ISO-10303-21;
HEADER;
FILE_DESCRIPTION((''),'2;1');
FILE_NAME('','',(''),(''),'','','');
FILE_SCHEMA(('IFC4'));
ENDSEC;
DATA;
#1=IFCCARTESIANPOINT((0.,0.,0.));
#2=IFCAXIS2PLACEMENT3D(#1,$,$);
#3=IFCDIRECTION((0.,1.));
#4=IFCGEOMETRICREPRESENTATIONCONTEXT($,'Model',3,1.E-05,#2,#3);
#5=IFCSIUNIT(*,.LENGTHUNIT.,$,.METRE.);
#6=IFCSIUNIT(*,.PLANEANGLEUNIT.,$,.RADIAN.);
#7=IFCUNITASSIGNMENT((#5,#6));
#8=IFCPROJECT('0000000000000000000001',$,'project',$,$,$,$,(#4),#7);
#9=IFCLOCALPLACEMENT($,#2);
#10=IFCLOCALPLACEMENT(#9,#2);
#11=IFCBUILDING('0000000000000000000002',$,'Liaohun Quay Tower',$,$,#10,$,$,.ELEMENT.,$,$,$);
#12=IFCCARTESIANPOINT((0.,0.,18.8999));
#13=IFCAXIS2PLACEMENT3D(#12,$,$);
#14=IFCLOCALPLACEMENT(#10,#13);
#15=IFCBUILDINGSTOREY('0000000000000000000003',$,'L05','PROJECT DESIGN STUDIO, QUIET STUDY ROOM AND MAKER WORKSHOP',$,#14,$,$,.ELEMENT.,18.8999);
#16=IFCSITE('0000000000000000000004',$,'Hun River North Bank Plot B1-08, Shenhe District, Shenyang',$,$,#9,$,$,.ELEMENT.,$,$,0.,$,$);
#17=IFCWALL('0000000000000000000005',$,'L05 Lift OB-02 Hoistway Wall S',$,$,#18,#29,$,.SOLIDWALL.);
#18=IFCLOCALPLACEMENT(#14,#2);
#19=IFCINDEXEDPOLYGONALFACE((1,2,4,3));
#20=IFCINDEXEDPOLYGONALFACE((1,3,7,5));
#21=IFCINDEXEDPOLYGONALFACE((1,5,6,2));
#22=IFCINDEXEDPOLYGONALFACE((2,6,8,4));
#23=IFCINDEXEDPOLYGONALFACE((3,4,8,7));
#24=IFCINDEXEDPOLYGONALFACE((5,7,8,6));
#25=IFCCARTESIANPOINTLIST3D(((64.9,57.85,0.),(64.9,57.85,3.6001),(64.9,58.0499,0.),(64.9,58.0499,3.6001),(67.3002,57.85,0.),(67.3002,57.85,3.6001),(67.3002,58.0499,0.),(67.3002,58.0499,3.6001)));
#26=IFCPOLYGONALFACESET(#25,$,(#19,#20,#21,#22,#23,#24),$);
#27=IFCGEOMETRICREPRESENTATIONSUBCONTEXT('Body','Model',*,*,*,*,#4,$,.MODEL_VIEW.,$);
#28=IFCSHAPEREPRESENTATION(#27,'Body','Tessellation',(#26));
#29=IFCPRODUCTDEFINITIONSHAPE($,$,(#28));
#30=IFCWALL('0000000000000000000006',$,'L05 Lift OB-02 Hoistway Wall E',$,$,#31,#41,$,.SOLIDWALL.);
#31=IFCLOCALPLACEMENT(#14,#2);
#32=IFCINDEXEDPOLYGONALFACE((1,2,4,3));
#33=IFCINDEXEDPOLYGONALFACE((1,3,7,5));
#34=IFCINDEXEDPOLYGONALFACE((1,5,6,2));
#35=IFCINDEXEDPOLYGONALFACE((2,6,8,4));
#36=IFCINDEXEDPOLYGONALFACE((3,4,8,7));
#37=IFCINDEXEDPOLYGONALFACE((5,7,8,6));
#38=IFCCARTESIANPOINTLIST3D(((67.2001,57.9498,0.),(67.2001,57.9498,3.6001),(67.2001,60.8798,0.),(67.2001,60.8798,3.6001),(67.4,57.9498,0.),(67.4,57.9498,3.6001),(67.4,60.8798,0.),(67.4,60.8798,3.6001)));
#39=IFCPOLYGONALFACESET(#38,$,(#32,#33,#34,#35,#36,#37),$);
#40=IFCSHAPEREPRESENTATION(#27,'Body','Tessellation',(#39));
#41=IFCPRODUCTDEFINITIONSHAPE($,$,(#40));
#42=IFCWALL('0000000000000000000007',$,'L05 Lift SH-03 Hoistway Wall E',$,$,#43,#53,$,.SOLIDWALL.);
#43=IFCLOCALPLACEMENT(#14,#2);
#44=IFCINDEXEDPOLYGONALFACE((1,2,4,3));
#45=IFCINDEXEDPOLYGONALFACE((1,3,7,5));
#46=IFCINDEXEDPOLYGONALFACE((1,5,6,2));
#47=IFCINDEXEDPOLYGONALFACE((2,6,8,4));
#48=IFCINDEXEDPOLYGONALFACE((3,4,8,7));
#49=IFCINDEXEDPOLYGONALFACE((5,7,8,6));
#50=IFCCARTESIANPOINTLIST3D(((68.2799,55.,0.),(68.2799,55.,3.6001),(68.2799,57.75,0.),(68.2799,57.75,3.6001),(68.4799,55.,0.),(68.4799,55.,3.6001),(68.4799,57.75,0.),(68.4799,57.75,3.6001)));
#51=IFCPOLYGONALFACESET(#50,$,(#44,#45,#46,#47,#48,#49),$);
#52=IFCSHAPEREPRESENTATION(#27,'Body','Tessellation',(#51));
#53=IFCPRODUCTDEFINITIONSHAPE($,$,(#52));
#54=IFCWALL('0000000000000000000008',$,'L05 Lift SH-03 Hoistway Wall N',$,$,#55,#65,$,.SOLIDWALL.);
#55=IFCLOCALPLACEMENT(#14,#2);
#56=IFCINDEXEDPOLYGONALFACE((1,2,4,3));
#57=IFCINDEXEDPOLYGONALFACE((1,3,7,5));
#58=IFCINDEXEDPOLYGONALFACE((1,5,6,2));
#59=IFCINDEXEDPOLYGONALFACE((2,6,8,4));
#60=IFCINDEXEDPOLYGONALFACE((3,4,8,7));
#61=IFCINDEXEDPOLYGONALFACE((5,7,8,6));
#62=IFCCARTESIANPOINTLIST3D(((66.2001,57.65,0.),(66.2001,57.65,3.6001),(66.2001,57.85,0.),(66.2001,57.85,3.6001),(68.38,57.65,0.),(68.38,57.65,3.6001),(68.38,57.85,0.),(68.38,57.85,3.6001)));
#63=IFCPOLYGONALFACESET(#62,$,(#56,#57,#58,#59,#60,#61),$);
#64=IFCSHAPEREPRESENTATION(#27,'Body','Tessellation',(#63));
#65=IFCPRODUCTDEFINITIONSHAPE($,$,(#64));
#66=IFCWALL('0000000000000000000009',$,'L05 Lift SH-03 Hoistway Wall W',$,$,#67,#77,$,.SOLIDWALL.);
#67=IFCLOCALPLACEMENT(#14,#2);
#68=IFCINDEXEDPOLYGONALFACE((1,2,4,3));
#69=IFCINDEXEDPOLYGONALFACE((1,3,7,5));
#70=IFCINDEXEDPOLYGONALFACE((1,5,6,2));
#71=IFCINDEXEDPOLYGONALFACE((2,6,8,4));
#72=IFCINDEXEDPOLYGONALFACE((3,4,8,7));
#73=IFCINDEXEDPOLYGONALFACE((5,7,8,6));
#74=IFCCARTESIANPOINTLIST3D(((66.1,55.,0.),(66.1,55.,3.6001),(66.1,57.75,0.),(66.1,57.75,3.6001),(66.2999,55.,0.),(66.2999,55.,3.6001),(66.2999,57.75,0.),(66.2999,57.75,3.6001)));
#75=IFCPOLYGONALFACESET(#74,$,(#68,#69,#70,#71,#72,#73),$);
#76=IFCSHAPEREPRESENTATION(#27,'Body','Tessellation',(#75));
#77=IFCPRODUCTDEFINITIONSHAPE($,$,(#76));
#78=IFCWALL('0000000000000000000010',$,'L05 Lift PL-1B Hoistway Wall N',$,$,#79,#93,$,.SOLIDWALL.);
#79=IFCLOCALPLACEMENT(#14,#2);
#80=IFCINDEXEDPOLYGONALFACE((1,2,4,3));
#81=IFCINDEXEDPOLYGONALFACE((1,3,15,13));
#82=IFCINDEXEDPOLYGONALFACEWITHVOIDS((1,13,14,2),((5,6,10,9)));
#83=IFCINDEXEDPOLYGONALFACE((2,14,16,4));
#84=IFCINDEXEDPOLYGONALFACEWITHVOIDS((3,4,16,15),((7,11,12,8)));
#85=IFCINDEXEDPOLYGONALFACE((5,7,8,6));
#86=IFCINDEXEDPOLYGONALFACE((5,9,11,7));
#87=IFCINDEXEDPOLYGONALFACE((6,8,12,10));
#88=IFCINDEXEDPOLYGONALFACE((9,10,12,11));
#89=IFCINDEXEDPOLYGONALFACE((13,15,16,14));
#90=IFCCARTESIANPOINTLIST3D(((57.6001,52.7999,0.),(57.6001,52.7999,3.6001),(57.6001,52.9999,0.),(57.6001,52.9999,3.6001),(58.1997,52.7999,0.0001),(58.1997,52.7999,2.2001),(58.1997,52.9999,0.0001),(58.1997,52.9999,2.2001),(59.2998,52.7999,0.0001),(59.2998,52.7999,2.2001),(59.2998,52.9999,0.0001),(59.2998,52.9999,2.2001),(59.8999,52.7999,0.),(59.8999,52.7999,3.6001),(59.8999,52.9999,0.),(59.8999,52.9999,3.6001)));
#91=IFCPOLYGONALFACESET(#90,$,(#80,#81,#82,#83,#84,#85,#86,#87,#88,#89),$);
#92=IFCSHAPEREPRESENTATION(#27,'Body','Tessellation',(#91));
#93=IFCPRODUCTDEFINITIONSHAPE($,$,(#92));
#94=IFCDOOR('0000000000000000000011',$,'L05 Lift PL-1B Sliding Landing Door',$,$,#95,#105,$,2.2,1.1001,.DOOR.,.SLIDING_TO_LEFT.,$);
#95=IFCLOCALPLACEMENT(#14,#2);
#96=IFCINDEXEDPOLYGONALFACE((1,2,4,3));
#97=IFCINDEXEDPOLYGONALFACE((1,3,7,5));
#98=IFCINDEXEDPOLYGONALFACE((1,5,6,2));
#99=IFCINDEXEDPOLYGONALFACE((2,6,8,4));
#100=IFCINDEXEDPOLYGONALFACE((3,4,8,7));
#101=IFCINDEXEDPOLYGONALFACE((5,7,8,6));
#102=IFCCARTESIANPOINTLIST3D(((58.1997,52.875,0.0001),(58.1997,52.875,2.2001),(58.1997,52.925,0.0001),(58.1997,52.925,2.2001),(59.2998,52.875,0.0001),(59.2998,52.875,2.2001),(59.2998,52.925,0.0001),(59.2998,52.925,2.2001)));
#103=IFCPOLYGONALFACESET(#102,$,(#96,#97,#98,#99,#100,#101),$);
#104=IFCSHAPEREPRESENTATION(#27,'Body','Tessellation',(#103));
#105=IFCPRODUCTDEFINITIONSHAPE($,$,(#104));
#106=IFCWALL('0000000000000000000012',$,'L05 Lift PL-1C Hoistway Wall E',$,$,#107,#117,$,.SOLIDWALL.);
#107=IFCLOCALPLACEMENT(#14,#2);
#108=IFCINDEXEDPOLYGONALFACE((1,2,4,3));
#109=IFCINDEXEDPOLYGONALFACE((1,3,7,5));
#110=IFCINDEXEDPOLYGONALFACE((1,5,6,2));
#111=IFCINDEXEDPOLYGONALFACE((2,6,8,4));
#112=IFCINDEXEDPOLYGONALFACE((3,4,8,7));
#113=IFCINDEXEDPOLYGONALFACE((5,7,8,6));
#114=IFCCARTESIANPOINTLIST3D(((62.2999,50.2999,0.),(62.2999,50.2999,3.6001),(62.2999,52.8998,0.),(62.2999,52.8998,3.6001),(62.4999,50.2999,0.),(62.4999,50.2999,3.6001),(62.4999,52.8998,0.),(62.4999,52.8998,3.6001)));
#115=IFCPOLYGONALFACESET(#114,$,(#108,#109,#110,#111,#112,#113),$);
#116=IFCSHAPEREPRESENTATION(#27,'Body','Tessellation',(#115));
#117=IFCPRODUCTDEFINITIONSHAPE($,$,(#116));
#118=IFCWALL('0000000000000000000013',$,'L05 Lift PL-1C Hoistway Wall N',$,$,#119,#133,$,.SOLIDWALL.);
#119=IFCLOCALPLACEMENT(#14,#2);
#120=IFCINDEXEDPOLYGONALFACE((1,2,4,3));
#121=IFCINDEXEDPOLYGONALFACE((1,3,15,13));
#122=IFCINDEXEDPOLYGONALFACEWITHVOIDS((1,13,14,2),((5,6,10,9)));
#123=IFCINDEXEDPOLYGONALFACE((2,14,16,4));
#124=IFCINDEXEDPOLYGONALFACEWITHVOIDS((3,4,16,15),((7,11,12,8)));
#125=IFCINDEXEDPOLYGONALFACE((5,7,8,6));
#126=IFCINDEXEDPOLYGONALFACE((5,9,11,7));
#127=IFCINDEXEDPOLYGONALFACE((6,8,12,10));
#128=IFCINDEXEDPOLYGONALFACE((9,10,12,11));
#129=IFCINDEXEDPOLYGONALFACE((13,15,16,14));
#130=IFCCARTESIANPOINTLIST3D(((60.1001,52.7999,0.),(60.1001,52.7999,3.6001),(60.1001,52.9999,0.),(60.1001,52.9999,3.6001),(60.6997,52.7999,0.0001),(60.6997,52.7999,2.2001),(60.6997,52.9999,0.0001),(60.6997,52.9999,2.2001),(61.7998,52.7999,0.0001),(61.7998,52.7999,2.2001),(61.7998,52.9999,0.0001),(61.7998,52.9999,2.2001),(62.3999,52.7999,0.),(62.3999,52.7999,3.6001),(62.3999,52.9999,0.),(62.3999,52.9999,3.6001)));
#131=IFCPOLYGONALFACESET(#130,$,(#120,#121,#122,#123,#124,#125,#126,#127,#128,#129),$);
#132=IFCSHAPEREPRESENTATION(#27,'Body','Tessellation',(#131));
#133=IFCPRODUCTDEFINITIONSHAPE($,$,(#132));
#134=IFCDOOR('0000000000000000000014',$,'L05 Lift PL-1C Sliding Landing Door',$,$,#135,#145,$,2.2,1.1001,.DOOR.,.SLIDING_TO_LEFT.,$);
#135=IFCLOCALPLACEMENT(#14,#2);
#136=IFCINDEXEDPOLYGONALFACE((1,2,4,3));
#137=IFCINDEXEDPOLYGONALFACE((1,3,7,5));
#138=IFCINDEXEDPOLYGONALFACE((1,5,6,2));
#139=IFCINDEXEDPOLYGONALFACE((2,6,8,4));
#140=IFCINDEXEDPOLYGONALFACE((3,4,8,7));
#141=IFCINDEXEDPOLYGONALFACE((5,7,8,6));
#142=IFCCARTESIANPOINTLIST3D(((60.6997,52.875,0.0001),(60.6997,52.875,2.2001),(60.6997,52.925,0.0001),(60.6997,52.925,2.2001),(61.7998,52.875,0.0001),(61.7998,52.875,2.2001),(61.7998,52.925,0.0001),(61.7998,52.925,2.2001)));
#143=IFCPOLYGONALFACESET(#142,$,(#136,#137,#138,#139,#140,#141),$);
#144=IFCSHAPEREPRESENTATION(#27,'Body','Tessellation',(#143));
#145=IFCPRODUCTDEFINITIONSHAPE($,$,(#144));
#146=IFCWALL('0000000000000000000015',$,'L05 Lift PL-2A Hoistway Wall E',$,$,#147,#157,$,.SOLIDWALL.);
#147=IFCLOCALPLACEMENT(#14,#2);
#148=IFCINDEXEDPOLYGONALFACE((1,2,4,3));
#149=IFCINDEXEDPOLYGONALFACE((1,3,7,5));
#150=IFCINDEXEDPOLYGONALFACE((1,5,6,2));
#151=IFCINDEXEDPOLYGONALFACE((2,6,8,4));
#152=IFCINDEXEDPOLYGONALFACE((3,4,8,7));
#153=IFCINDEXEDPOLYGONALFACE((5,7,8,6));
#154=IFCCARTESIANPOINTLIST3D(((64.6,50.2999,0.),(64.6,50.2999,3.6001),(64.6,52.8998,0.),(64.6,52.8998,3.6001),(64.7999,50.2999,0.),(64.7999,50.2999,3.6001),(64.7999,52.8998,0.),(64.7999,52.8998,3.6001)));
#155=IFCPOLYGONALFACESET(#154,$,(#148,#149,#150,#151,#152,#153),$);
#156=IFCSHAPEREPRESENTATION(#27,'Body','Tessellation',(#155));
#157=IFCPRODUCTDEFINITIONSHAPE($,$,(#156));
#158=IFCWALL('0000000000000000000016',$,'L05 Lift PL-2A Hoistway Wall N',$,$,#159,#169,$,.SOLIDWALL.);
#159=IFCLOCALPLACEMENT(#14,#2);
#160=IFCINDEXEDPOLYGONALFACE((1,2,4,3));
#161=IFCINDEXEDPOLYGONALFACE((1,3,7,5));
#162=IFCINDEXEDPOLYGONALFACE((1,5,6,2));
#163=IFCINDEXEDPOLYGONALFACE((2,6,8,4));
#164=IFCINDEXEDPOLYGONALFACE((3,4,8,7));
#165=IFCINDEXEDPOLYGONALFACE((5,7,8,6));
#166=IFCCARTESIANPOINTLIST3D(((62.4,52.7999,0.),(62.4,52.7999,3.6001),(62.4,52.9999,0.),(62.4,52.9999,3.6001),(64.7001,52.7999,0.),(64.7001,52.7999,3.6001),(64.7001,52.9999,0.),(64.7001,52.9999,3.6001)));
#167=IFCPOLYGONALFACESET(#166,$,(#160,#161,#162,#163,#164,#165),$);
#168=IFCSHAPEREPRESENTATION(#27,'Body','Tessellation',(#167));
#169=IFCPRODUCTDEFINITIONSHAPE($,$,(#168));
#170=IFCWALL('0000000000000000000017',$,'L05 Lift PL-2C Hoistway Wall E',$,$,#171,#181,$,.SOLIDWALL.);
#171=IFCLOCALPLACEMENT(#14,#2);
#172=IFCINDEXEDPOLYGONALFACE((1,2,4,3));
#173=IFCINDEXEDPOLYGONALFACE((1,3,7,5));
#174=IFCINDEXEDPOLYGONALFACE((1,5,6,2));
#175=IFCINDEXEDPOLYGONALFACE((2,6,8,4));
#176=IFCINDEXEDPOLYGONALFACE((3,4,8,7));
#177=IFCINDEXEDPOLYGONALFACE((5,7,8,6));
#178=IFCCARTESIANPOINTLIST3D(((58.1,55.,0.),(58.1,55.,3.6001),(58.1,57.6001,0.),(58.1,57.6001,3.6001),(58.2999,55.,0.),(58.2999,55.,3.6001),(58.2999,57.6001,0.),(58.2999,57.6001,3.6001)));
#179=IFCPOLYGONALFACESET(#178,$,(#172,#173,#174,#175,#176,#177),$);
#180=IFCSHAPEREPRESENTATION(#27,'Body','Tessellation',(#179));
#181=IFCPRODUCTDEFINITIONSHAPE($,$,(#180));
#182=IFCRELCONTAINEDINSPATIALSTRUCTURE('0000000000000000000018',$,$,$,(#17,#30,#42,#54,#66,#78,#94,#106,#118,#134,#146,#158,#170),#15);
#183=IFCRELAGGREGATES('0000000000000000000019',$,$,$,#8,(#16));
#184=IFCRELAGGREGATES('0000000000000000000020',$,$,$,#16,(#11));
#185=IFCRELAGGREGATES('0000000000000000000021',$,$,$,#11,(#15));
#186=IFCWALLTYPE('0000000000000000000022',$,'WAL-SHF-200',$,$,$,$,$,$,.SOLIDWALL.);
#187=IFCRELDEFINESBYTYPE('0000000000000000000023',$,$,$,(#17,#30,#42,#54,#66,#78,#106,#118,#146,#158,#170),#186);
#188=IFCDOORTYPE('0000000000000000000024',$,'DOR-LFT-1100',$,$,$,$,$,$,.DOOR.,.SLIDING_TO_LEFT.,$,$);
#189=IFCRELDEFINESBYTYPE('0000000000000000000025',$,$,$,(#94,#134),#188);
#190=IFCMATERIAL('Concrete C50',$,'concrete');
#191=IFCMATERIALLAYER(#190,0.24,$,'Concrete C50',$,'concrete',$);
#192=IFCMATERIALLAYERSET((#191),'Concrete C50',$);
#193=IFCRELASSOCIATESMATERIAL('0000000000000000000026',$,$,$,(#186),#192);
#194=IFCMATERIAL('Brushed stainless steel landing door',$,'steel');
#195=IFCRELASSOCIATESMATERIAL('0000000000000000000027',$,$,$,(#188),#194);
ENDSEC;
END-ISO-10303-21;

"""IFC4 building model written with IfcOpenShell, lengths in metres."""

from ifc_helpers import new_model, si_unit, direction, frame, frame_2d, origin, place, context, subcontext, project, spatial, rectangle, extrude, source, transform, mapped, material, layer, layer_set, type_object, element, fill, save


model = new_model("IFC4")

# Units and contexts
model_context = context("Model", 3, precision=1e-05, world=origin(), true_north=direction((0.0, 1.0)))
body_context = subcontext(model_context, "Body", "Model", "MODEL_VIEW")
ifc_project = project(units=[si_unit("LENGTHUNIT", "METRE"), si_unit("PLANEANGLEUNIT", "RADIAN")], contexts=[model_context])

# Site, building, storey
site_placement = place(None, origin())
site = spatial("IfcSite", under=ifc_project, at=site_placement, Name="Hun River North Bank Plot B1-08, Shenhe District, Shenyang", CompositionType="ELEMENT", RefElevation=0.0)
building_placement = place(site_placement, origin())
building = spatial("IfcBuilding", under=site, at=building_placement, Name="Liaohun Quay Tower", CompositionType="ELEMENT")
storey_placement = place(building_placement, frame((0.0, 0.0, 18.8999)))
storey = spatial("IfcBuildingStorey", under=building, at=storey_placement, Name="L05", Description="PROJECT DESIGN STUDIO, QUIET STUDY ROOM AND MAKER WORKSHOP", CompositionType="ELEMENT", Elevation=18.8999)

# Shared definitions
ifc_material_1 = material(Name="Concrete C50", Category="concrete")
ifc_layer_1 = layer(ifc_material_1, 0.24, Name="Concrete C50", Category="concrete")
ifc_layer_set_1 = layer_set([ifc_layer_1], Name="Concrete C50")
wall_type_1 = type_object("IfcWallType", Name="WAL-SHF-200", PredefinedType="SOLIDWALL", material=ifc_layer_set_1)

# Walls
wall_1_placement = place(storey_placement, frame((64.8999, 57.95, 0.0), z_axis=(0.0, 0.0, 1.0), x_axis=(1.0, 0.0, 0.0)))
element("IfcWall", 1, at=wall_1_placement, inside=storey, type_object=wall_type_1, Name="L05 Lift OB-02 Hoistway Wall S", PredefinedType="SOLIDWALL", context=body_context, shape_type="SweptSolid", body=[
    extrude(rectangle(XDim=2.4001, YDim=0.2, at=frame_2d((1.2002, 0.0))), origin(), (0.0, 0.0, 1.0), 3.6001),
])
wall_2_placement = place(storey_placement, frame((67.3, 57.95, 0.0), z_axis=(0.0, 0.0, 1.0), x_axis=(0.0, 1.0, 0.0)))
element("IfcWall", 2, at=wall_2_placement, inside=storey, type_object=wall_type_1, Name="L05 Lift OB-02 Hoistway Wall E", PredefinedType="SOLIDWALL", context=body_context, shape_type="SweptSolid", body=[
    extrude(rectangle(XDim=2.9299, YDim=0.2, at=frame_2d((1.4648, 0.0))), origin(), (0.0, 0.0, 1.0), 3.6001),
])
wall_3_placement = place(storey_placement, frame((68.3799, 55.0, 0.0), z_axis=(0.0, 0.0, 1.0), x_axis=(0.0, 1.0, 0.0)))
element("IfcWall", 3, at=wall_3_placement, inside=storey, type_object=wall_type_1, Name="L05 Lift SH-03 Hoistway Wall E", PredefinedType="SOLIDWALL", context=body_context, shape_type="SweptSolid", body=[
    extrude(rectangle(XDim=2.75, YDim=0.2, at=frame_2d((1.375, 0.0))), origin(), (0.0, 0.0, 1.0), 3.6001),
])
wall_4_placement = place(storey_placement, frame((68.3799, 57.75, 0.0), z_axis=(0.0, 0.0, 1.0), x_axis=(-1.0, 0.0, 0.0)))
element("IfcWall", 4, at=wall_4_placement, inside=storey, type_object=wall_type_1, Name="L05 Lift SH-03 Hoistway Wall N", PredefinedType="SOLIDWALL", context=body_context, shape_type="SweptSolid", body=[
    extrude(rectangle(XDim=2.1799, YDim=0.2, at=frame_2d((1.0898, 0.0))), origin(), (0.0, 0.0, 1.0), 3.6001),
])
wall_5_placement = place(storey_placement, frame((66.2, 57.75, 0.0), z_axis=(0.0, 0.0, 1.0), x_axis=(0.0, -1.0, 0.0)))
element("IfcWall", 5, at=wall_5_placement, inside=storey, type_object=wall_type_1, Name="L05 Lift SH-03 Hoistway Wall W", PredefinedType="SOLIDWALL", context=body_context, shape_type="SweptSolid", body=[
    extrude(rectangle(XDim=2.75, YDim=0.2, at=frame_2d((1.375, 0.0))), origin(), (0.0, 0.0, 1.0), 3.6001),
])

# Wall, opening, door
wall_6_placement = place(storey_placement, frame((59.8999, 52.8999, 0.0), z_axis=(0.0, 0.0, 1.0), x_axis=(-1.0, 0.0, 0.0)))
wall_6 = element("IfcWall", 6, at=wall_6_placement, inside=storey, type_object=wall_type_1, Name="L05 Lift PL-1B Hoistway Wall N", PredefinedType="SOLIDWALL", context=body_context, shape_type="SweptSolid", body=[
    extrude(rectangle(XDim=2.2998, YDim=0.2, at=frame_2d((1.1499, 0.0))), origin(), (0.0, 0.0, 1.0), 3.6001),
])
shared_shape_1 = source(origin(), body_context, "Body", "SweptSolid", [
    extrude(rectangle(XDim=1.1001, YDim=2.2, at=frame_2d((0.55, 1.1001))), frame((0.0, 0.1099, 0.0), z_axis=(0.0, -1.0, 0.0), x_axis=(1.0, 0.0, 0.0)), (0.0, 0.0, 1.0), 0.22),
])
opening_1_placement = place(wall_6_placement, frame((0.6001, 0.0, 0.0)))
opening_1 = element("IfcOpeningElement", 7, at=opening_1_placement, cuts=wall_6, PredefinedType="OPENING", context=body_context, shape_type="MappedRepresentation", body=[
    mapped(shared_shape_1, transform((0.0, 0.0, 0.0), x_axis=(1.0, 0.0, 0.0), y_axis=(0.0, 1.0, 0.0), z_axis=(0.0, 0.0, 1.0), scale=1.0)),
])
ifc_material_2 = material(Name="Brushed stainless steel landing door", Category="steel")
door_type_1 = type_object("IfcDoorType", Name="DOR-LFT-1100", OperationType="SLIDING_TO_LEFT", PredefinedType="DOOR", material=ifc_material_2)
shared_shape_2 = source(origin(), body_context, "Body", "SweptSolid", [
    extrude(rectangle(XDim=1.1001, YDim=2.2, at=frame_2d((0.55, 1.1001))), frame((0.0, 0.0249, 0.0), z_axis=(0.0, -1.0, 0.0), x_axis=(1.0, 0.0, 0.0)), (0.0, 0.0, 1.0), 0.05),
])
door_1_placement = place(opening_1_placement, origin())
door_1 = element("IfcDoor", 8, at=door_1_placement, inside=storey, type_object=door_type_1, Name="L05 Lift PL-1B Sliding Landing Door", OperationType="SLIDING_TO_LEFT", OverallHeight=2.2, OverallWidth=1.1001, PredefinedType="DOOR", context=body_context, shape_type="MappedRepresentation", body=[
    mapped(shared_shape_2, transform((0.0, 0.0, 0.0), x_axis=(1.0, 0.0, 0.0), y_axis=(0.0, 1.0, 0.0), z_axis=(0.0, 0.0, 1.0), scale=1.0)),
])
fill(opening_1, door_1)

# Wall
wall_7_placement = place(storey_placement, frame((62.3999, 50.3, 0.0), z_axis=(0.0, 0.0, 1.0), x_axis=(0.0, 1.0, 0.0)))
element("IfcWall", 9, at=wall_7_placement, inside=storey, type_object=wall_type_1, Name="L05 Lift PL-1C Hoistway Wall E", PredefinedType="SOLIDWALL", context=body_context, shape_type="SweptSolid", body=[
    extrude(rectangle(XDim=2.5999, YDim=0.2, at=frame_2d((1.2998, 0.0))), origin(), (0.0, 0.0, 1.0), 3.6001),
])

# Wall, opening, door
wall_8_placement = place(storey_placement, frame((62.3999, 52.8999, 0.0), z_axis=(0.0, 0.0, 1.0), x_axis=(-1.0, 0.0, 0.0)))
wall_8 = element("IfcWall", 10, at=wall_8_placement, inside=storey, type_object=wall_type_1, Name="L05 Lift PL-1C Hoistway Wall N", PredefinedType="SOLIDWALL", context=body_context, shape_type="SweptSolid", body=[
    extrude(rectangle(XDim=2.2998, YDim=0.2, at=frame_2d((1.1499, 0.0))), origin(), (0.0, 0.0, 1.0), 3.6001),
])
opening_2_placement = place(wall_8_placement, frame((0.6001, 0.0, 0.0)))
opening_2 = element("IfcOpeningElement", 11, at=opening_2_placement, cuts=wall_8, PredefinedType="OPENING", context=body_context, shape_type="MappedRepresentation", body=[
    mapped(shared_shape_1, transform((0.0, 0.0, 0.0), x_axis=(1.0, 0.0, 0.0), y_axis=(0.0, 1.0, 0.0), z_axis=(0.0, 0.0, 1.0), scale=1.0)),
])
door_2_placement = place(opening_2_placement, origin())
door_2 = element("IfcDoor", 12, at=door_2_placement, inside=storey, type_object=door_type_1, Name="L05 Lift PL-1C Sliding Landing Door", OperationType="SLIDING_TO_LEFT", OverallHeight=2.2, OverallWidth=1.1001, PredefinedType="DOOR", context=body_context, shape_type="MappedRepresentation", body=[
    mapped(shared_shape_2, transform((0.0, 0.0, 0.0), x_axis=(1.0, 0.0, 0.0), y_axis=(0.0, 1.0, 0.0), z_axis=(0.0, 0.0, 1.0), scale=1.0)),
])
fill(opening_2, door_2)

# Walls
wall_9_placement = place(storey_placement, frame((64.7, 50.3, 0.0), z_axis=(0.0, 0.0, 1.0), x_axis=(0.0, 1.0, 0.0)))
element("IfcWall", 13, at=wall_9_placement, inside=storey, type_object=wall_type_1, Name="L05 Lift PL-2A Hoistway Wall E", PredefinedType="SOLIDWALL", context=body_context, shape_type="SweptSolid", body=[
    extrude(rectangle(XDim=2.5999, YDim=0.2, at=frame_2d((1.2998, 0.0))), origin(), (0.0, 0.0, 1.0), 3.6001),
])
wall_10_placement = place(storey_placement, frame((64.7, 52.8999, 0.0), z_axis=(0.0, 0.0, 1.0), x_axis=(-1.0, 0.0, 0.0)))
element("IfcWall", 14, at=wall_10_placement, inside=storey, type_object=wall_type_1, Name="L05 Lift PL-2A Hoistway Wall N", PredefinedType="SOLIDWALL", context=body_context, shape_type="SweptSolid", body=[
    extrude(rectangle(XDim=2.3, YDim=0.2, at=frame_2d((1.1499, 0.0))), origin(), (0.0, 0.0, 1.0), 3.6001),
])
wall_11_placement = place(storey_placement, frame((58.2, 55.0, 0.0), z_axis=(0.0, 0.0, 1.0), x_axis=(0.0, 1.0, 0.0)))
element("IfcWall", 15, at=wall_11_placement, inside=storey, type_object=wall_type_1, Name="L05 Lift PL-2C Hoistway Wall E", PredefinedType="SOLIDWALL", context=body_context, shape_type="SweptSolid", body=[
    extrude(rectangle(XDim=2.6001, YDim=0.2, at=frame_2d((1.3, 0.0))), origin(), (0.0, 0.0, 1.0), 3.6001),
])

save(model, "model.ifc")
